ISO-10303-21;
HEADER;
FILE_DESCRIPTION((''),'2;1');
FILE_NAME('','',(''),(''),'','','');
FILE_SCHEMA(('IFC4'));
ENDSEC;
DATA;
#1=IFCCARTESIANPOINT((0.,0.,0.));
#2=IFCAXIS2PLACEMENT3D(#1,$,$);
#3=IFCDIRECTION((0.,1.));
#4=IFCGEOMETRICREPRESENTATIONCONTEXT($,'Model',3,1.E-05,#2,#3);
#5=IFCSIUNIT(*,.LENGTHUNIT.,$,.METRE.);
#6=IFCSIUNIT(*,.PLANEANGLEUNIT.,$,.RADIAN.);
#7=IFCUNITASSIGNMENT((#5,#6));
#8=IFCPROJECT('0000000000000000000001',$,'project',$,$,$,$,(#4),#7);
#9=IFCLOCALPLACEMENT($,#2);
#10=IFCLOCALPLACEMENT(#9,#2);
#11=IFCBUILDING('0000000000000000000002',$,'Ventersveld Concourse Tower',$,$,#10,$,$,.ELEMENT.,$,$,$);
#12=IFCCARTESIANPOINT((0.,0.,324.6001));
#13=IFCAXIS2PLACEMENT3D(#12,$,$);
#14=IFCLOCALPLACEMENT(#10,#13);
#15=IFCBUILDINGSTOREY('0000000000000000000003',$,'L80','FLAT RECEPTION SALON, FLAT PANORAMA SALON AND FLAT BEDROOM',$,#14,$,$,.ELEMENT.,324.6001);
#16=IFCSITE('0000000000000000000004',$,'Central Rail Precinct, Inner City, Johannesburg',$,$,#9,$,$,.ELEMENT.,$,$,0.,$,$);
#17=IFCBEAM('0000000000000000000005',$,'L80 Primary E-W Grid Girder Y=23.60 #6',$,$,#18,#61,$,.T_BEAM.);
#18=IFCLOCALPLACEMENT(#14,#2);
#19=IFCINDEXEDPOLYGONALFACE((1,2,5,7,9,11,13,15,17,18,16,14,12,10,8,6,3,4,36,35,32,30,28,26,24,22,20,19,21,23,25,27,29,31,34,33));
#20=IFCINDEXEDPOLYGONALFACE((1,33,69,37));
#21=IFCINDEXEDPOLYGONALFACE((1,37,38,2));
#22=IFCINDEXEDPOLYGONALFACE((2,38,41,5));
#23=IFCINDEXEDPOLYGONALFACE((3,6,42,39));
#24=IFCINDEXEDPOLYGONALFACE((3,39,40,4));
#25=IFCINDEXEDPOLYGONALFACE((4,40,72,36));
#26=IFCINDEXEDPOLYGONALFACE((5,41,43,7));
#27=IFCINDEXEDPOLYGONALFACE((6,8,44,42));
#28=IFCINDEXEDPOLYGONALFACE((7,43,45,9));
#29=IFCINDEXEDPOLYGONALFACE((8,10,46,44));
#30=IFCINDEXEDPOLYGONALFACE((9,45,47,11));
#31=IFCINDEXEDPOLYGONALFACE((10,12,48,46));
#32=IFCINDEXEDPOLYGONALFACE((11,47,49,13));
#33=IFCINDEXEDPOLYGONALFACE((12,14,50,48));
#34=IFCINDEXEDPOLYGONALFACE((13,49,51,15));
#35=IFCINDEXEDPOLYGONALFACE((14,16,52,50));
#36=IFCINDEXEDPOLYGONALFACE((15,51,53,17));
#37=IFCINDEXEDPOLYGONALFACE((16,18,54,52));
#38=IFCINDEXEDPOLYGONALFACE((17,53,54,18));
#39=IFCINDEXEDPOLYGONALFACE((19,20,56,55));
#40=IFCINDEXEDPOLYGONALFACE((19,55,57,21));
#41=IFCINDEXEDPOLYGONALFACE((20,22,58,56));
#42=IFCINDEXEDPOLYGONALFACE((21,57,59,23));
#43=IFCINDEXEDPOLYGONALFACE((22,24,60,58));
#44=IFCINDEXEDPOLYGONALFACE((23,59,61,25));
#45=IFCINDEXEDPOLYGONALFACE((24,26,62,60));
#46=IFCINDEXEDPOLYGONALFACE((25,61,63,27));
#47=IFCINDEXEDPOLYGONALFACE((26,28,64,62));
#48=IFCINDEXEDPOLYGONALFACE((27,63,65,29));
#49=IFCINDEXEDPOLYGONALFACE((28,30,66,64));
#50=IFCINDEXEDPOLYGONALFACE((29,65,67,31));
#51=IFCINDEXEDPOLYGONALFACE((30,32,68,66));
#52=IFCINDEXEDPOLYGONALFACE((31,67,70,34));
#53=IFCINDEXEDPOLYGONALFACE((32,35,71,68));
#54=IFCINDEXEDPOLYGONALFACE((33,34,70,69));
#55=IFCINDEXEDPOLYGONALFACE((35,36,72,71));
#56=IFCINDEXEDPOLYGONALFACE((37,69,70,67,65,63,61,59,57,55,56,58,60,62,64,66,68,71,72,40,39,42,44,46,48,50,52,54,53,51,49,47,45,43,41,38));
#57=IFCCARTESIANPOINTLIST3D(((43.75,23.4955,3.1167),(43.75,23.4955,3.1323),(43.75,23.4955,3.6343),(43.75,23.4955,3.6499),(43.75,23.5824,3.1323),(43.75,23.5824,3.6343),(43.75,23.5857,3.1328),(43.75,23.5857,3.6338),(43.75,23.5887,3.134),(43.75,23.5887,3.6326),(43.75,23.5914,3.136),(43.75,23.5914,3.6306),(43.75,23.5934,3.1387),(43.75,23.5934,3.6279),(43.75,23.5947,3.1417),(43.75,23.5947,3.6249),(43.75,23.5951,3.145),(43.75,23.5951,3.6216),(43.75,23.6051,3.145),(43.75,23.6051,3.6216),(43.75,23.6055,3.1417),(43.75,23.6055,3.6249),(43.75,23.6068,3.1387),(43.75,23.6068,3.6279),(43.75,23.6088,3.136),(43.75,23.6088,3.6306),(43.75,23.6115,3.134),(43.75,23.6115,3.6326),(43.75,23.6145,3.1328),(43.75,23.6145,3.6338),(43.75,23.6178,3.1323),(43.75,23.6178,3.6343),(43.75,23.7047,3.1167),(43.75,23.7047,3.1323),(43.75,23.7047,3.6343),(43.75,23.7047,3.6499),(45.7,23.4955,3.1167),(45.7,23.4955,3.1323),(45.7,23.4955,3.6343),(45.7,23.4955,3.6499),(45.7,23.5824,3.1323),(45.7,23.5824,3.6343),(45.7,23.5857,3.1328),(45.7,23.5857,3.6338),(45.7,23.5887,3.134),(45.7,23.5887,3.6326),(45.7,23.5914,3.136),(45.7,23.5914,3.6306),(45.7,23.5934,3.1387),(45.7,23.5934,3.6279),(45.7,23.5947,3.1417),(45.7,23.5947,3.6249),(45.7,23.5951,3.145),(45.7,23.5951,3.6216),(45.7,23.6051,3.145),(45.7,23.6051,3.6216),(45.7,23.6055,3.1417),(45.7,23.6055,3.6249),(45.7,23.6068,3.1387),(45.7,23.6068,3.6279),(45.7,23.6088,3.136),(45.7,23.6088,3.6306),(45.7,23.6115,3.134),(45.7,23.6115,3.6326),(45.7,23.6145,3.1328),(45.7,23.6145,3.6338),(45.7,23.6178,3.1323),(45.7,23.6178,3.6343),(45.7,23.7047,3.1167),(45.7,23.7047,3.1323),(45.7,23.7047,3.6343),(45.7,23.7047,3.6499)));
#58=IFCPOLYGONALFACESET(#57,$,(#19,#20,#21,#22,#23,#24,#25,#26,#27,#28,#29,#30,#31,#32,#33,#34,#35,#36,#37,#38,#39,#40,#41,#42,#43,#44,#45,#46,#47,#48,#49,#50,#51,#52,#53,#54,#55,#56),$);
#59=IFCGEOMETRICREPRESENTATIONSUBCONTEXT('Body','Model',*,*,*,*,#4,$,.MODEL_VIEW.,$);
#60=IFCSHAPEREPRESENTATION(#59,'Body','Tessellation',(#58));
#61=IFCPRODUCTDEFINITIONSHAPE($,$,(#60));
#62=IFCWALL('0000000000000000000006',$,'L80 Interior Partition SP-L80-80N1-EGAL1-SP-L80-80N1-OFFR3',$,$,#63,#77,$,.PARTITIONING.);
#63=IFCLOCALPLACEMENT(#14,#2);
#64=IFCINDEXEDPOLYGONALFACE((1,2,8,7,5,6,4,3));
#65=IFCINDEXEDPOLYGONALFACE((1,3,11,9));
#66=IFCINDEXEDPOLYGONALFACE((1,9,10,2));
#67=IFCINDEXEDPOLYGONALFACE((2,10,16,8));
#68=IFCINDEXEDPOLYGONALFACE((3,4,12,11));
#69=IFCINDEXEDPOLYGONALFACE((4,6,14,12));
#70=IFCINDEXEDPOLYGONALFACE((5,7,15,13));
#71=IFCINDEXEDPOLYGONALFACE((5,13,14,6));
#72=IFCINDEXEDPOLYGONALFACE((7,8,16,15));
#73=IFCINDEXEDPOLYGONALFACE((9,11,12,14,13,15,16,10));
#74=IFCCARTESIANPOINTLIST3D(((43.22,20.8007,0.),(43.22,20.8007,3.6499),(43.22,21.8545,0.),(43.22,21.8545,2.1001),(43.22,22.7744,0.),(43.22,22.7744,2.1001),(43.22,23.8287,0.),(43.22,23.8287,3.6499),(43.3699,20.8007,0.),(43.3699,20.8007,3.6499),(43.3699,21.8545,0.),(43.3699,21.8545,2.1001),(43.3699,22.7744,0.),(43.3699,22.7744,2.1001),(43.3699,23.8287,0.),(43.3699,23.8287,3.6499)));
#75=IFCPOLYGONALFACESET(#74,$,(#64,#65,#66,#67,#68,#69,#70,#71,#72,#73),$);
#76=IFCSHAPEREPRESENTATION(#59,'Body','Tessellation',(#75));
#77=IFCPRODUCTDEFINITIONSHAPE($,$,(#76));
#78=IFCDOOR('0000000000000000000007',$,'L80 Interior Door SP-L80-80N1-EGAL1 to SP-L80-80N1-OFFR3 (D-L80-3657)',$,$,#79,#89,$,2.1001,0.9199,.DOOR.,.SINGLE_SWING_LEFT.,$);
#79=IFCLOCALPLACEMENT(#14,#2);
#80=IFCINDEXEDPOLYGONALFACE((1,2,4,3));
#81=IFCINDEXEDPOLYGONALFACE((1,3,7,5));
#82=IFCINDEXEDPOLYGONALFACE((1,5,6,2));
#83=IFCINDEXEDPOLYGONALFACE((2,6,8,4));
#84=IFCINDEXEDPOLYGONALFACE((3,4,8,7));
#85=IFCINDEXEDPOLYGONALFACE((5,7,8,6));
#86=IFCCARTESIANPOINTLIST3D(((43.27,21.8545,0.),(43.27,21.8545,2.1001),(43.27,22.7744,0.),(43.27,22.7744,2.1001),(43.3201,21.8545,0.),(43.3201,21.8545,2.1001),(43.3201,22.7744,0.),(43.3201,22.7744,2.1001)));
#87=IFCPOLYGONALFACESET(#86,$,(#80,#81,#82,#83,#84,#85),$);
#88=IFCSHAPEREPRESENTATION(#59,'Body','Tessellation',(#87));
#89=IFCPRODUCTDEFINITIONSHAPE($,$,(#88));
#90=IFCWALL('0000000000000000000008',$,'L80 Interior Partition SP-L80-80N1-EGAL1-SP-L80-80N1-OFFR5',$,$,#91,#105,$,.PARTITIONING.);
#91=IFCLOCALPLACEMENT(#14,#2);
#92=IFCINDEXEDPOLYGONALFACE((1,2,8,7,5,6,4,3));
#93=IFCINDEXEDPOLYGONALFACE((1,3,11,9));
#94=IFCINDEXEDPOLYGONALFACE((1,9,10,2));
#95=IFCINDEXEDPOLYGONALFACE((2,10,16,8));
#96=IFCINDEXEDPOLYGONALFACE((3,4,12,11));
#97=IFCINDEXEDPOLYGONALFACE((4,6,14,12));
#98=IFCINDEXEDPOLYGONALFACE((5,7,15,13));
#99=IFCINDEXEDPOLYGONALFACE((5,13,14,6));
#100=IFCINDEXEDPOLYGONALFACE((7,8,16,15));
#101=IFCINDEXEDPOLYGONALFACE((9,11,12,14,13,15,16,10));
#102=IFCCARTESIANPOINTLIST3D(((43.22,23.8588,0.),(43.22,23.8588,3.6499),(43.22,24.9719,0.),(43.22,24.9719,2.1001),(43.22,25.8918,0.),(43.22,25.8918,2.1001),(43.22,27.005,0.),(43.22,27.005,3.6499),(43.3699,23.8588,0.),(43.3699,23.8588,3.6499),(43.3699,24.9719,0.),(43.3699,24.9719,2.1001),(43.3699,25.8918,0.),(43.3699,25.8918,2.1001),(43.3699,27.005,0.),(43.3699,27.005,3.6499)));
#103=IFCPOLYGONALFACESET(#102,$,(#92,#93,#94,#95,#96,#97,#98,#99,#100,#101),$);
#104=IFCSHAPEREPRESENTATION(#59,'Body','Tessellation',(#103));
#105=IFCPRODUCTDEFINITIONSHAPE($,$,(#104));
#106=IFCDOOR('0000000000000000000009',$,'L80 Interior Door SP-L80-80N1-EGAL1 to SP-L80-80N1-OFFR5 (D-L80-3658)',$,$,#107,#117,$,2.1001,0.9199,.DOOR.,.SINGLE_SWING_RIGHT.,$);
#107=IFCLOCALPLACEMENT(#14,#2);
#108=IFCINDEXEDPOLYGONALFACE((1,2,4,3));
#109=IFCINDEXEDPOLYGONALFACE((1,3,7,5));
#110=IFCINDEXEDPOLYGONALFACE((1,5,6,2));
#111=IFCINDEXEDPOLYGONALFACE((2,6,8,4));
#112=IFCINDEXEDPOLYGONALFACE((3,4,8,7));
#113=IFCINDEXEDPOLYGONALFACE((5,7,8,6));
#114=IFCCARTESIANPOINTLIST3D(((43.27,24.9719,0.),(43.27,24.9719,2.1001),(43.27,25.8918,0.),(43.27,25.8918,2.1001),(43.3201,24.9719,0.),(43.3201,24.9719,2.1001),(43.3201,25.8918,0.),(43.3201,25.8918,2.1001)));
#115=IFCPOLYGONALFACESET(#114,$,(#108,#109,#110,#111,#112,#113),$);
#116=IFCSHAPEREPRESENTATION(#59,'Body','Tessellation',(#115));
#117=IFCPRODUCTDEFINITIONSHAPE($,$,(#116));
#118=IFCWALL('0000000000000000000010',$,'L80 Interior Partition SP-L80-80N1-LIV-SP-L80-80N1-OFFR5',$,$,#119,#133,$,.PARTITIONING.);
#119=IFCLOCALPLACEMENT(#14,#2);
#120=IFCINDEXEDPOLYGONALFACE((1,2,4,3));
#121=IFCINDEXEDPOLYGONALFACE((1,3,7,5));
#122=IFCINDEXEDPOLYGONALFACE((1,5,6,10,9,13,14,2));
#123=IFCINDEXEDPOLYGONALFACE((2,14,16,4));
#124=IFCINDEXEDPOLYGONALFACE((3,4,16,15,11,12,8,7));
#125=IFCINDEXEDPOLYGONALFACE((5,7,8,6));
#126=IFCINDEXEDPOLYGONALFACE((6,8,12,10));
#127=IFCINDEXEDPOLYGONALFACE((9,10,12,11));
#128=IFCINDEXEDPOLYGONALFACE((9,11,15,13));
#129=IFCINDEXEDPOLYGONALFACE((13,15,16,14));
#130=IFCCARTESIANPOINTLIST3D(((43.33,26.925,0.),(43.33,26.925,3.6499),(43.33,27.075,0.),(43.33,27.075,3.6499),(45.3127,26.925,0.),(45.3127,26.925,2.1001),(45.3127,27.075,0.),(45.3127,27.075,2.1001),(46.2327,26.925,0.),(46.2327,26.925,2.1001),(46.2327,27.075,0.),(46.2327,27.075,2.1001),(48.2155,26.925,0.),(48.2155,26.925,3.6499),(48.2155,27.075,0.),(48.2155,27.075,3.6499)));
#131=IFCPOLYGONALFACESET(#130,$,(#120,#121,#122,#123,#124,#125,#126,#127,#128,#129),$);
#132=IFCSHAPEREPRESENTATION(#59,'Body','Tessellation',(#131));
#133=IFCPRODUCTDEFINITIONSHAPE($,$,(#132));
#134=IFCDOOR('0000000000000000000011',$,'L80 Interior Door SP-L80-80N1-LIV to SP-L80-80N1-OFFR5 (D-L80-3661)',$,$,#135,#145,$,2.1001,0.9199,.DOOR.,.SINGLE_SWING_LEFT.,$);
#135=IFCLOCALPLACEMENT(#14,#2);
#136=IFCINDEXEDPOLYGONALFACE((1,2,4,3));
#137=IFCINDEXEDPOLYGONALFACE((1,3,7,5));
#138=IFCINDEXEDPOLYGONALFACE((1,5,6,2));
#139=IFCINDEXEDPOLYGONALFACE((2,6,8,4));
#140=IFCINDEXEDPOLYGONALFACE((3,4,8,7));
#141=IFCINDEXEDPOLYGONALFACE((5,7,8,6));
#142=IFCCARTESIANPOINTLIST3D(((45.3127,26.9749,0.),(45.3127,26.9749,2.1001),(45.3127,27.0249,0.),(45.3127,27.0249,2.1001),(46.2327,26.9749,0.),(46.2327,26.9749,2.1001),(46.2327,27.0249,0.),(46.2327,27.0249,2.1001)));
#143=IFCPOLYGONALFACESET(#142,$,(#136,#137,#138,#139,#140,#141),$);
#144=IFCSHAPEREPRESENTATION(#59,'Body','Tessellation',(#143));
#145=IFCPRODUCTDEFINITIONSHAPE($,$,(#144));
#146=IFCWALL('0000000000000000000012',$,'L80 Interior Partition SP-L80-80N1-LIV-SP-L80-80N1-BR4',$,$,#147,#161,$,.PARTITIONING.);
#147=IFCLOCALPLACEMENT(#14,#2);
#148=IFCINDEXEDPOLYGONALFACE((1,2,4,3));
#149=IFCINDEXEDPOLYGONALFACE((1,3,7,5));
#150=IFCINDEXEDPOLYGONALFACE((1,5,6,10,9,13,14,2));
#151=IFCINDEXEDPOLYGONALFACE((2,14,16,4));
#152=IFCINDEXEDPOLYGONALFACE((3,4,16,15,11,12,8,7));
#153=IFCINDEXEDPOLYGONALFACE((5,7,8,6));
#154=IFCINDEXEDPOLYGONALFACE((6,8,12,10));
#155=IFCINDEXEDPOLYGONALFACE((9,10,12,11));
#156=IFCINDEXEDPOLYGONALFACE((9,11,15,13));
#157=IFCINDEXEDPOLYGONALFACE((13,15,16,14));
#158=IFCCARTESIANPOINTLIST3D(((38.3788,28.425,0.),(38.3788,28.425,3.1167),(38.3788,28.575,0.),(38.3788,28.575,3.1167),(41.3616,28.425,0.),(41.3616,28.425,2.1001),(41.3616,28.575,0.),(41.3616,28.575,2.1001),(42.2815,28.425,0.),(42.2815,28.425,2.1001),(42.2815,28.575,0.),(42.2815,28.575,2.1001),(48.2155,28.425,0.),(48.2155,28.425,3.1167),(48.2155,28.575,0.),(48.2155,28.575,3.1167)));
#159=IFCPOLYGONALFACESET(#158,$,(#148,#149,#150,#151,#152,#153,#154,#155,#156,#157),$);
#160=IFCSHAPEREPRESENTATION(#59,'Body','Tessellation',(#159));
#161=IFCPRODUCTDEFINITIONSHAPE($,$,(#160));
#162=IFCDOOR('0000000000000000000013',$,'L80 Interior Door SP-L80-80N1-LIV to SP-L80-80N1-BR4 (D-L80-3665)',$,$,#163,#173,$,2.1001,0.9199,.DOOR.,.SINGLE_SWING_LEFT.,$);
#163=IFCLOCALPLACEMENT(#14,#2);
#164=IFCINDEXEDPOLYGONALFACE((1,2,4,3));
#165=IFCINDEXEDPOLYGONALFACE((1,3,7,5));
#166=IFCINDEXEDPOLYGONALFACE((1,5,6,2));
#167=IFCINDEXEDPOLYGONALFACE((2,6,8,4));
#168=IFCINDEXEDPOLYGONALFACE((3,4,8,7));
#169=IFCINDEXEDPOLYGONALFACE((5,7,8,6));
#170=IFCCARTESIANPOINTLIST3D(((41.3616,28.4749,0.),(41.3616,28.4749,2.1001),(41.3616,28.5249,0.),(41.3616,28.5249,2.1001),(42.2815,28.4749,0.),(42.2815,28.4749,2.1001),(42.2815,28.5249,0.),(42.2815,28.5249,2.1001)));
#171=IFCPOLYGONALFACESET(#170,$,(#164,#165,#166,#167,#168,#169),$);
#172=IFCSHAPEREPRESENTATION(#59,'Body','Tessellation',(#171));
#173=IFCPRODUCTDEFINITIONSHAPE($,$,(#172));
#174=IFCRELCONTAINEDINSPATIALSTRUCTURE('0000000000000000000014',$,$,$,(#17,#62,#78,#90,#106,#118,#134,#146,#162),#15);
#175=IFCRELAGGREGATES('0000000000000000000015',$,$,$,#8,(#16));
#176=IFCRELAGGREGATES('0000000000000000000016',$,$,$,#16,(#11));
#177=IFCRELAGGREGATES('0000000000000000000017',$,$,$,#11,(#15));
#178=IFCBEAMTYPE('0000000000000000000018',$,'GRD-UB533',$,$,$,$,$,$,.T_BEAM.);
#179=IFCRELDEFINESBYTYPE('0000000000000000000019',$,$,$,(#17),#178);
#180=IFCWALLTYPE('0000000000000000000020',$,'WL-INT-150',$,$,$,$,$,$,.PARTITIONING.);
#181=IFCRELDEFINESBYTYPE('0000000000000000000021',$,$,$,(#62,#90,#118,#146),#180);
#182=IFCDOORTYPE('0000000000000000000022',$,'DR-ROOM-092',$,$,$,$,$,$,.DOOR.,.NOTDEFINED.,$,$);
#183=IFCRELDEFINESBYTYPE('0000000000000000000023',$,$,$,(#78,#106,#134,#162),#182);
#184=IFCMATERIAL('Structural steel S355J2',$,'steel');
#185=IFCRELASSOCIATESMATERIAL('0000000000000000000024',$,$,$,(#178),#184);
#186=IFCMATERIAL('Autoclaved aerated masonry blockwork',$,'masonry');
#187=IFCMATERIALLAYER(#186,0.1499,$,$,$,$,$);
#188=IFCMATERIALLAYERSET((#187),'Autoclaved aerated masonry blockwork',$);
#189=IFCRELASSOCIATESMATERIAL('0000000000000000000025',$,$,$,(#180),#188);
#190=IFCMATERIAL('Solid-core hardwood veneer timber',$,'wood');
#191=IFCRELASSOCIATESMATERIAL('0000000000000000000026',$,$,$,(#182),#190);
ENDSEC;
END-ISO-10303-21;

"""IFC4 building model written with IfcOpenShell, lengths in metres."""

from ifc_helpers import new_model, si_unit, direction, frame, frame_2d, origin, origin_2d, place, context, subcontext, project, spatial, rectangle, i_section, extrude, material, layer, layer_set, material_profile, profile_set, type_object, element, fill, save


model = new_model("IFC4")

# Units and contexts
model_context = context("Model", 3, precision=1e-05, world=origin(), true_north=direction((0.0, 1.0)))
body_context = subcontext(model_context, "Body", "Model", "MODEL_VIEW")
ifc_project = project(units=[si_unit("LENGTHUNIT", "METRE"), si_unit("PLANEANGLEUNIT", "RADIAN")], contexts=[model_context])

# Site, building, storey
site_placement = place(None, origin())
site = spatial("IfcSite", under=ifc_project, at=site_placement, Name="Central Rail Precinct, Inner City, Johannesburg", CompositionType="ELEMENT", RefElevation=0.0)
building_placement = place(site_placement, origin())
building = spatial("IfcBuilding", under=site, at=building_placement, Name="Ventersveld Concourse Tower", CompositionType="ELEMENT")
storey_placement = place(building_placement, frame((0.0, 0.0, 324.6001)))
storey = spatial("IfcBuildingStorey", under=building, at=storey_placement, Name="L80", Description="FLAT RECEPTION SALON, FLAT PANORAMA SALON AND FLAT BEDROOM", CompositionType="ELEMENT", Elevation=324.6001)

# Shared definitions
ifc_material_1 = material(Name="Structural steel S355J2", Category="steel")

# Beam
ifc_material_profile_1 = material_profile(ifc_material_1, i_section(OverallWidth=0.2092, OverallDepth=0.5332, WebThickness=0.01, FlangeThickness=0.0156, FilletRadius=0.0127, at=origin_2d()), Name="UB 533x210x92")
ifc_profile_set_1 = profile_set([ifc_material_profile_1], Name="Structural steel S355J2")
beam_type_1 = type_object("IfcBeamType", Name="GRD-UB533", PredefinedType="T_BEAM", material=ifc_profile_set_1)
beam_1_placement = place(storey_placement, frame((43.75, 23.6001, 3.3833), z_axis=(1.0, 0.0, 0.0), x_axis=(0.0, 1.0, 0.0)))
element("IfcBeam", 1, at=beam_1_placement, inside=storey, type_object=beam_type_1, Name="L80 Primary E-W Grid Girder Y=23.60 #6", PredefinedType="T_BEAM", context=body_context, shape_type="SweptSolid", body=[
    extrude(i_section(OverallWidth=0.2092, OverallDepth=0.5332, WebThickness=0.01, FlangeThickness=0.0156, FilletRadius=0.0127, at=origin_2d()), origin(), (0.0, 0.0, 1.0), 1.95),
])

# Walls, openings, doors
ifc_material_2 = material(Name="Autoclaved aerated masonry blockwork", Category="masonry")
ifc_layer_1 = layer(ifc_material_2, 0.1499)
ifc_layer_set_1 = layer_set([ifc_layer_1], Name="Autoclaved aerated masonry blockwork")
wall_type_1 = type_object("IfcWallType", Name="WL-INT-150", PredefinedType="PARTITIONING", material=ifc_layer_set_1)
wall_1_placement = place(storey_placement, frame((43.2949, 20.8005, 0.0), z_axis=(0.0, 0.0, 1.0), x_axis=(0.0, 1.0, 0.0)))
wall_1 = element("IfcWall", 2, at=wall_1_placement, inside=storey, type_object=wall_type_1, Name="L80 Interior Partition SP-L80-80N1-EGAL1-SP-L80-80N1-OFFR3", PredefinedType="PARTITIONING", context=body_context, shape_type="SweptSolid", body=[
    extrude(rectangle(XDim=3.0281, YDim=0.1499, at=frame_2d((1.5142, 0.0))), origin(), (0.0, 0.0, 1.0), 3.6499),
])
opening_1_placement = place(wall_1_placement, frame((1.054, 0.0, 0.0)))
opening_1 = element("IfcOpeningElement", 3, at=opening_1_placement, cuts=wall_1, PredefinedType="OPENING", context=body_context, shape_type="SweptSolid", body=[
    extrude(rectangle(XDim=0.9199, YDim=2.1001, at=frame_2d((0.46, 1.05))), frame((0.0, 0.085, 0.0), z_axis=(0.0, -1.0, 0.0), x_axis=(1.0, 0.0, 0.0)), (0.0, 0.0, 1.0), 0.1699),
])
ifc_material_3 = material(Name="Solid-core hardwood veneer timber", Category="wood")
door_type = type_object("IfcDoorType", Name="DR-ROOM-092", OperationType="NOTDEFINED", PredefinedType="DOOR", material=ifc_material_3)
door_1_placement = place(opening_1_placement, origin())
door_1 = element("IfcDoor", 4, at=door_1_placement, inside=storey, type_object=door_type, Name="L80 Interior Door SP-L80-80N1-EGAL1 to SP-L80-80N1-OFFR3 (D-L80-3657)", OperationType="SINGLE_SWING_LEFT", OverallHeight=2.1001, OverallWidth=0.9199, PredefinedType="DOOR", context=body_context, shape_type="SweptSolid", body=[
    extrude(rectangle(XDim=0.9199, YDim=2.1001, at=frame_2d((0.46, 1.05))), frame((0.0, 0.0249, 0.0), z_axis=(0.0, -1.0, 0.0), x_axis=(1.0, 0.0, 0.0)), (0.0, 0.0, 1.0), 0.05),
])
fill(opening_1, door_1)
wall_2_placement = place(storey_placement, frame((43.2949, 23.8586, 0.0), z_axis=(0.0, 0.0, 1.0), x_axis=(0.0, 1.0, 0.0)))
wall_2 = element("IfcWall", 5, at=wall_2_placement, inside=storey, type_object=wall_type_1, Name="L80 Interior Partition SP-L80-80N1-EGAL1-SP-L80-80N1-OFFR5", PredefinedType="PARTITIONING", context=body_context, shape_type="SweptSolid", body=[
    extrude(rectangle(XDim=3.1462, YDim=0.1499, at=frame_2d((1.5732, 0.0))), origin(), (0.0, 0.0, 1.0), 3.6499),
])
opening_2_placement = place(wall_2_placement, frame((1.1133, 0.0, 0.0)))
opening_2 = element("IfcOpeningElement", 6, at=opening_2_placement, cuts=wall_2, PredefinedType="OPENING", context=body_context, shape_type="SweptSolid", body=[
    extrude(rectangle(XDim=0.9199, YDim=2.1001, at=frame_2d((0.46, 1.05))), frame((0.0, 0.085, 0.0), z_axis=(0.0, -1.0, 0.0), x_axis=(1.0, 0.0, 0.0)), (0.0, 0.0, 1.0), 0.1699),
])
door_2_placement = place(opening_2_placement, origin())
door_2 = element("IfcDoor", 7, at=door_2_placement, inside=storey, type_object=door_type, Name="L80 Interior Door SP-L80-80N1-EGAL1 to SP-L80-80N1-OFFR5 (D-L80-3658)", OperationType="SINGLE_SWING_RIGHT", OverallHeight=2.1001, OverallWidth=0.9199, PredefinedType="DOOR", context=body_context, shape_type="SweptSolid", body=[
    extrude(rectangle(XDim=0.9199, YDim=2.1001, at=frame_2d((0.46, 1.05))), frame((0.0, 0.0249, 0.0), z_axis=(0.0, -1.0, 0.0), x_axis=(1.0, 0.0, 0.0)), (0.0, 0.0, 1.0), 0.05),
])
fill(opening_2, door_2)
wall_3_placement = place(storey_placement, frame((43.3298, 27.0, 0.0), z_axis=(0.0, 0.0, 1.0), x_axis=(1.0, 0.0, 0.0)))
wall_3 = element("IfcWall", 8, at=wall_3_placement, inside=storey, type_object=wall_type_1, Name="L80 Interior Partition SP-L80-80N1-LIV-SP-L80-80N1-OFFR5", PredefinedType="PARTITIONING", context=body_context, shape_type="SweptSolid", body=[
    extrude(rectangle(XDim=4.8855, YDim=0.1499, at=frame_2d((2.4429, 0.0))), origin(), (0.0, 0.0, 1.0), 3.6499),
])
opening_3_placement = place(wall_3_placement, frame((1.9829, 0.0, 0.0)))
opening_3 = element("IfcOpeningElement", 9, at=opening_3_placement, cuts=wall_3, PredefinedType="OPENING", context=body_context, shape_type="SweptSolid", body=[
    extrude(rectangle(XDim=0.9199, YDim=2.1001, at=frame_2d((0.46, 1.05))), frame((0.0, 0.085, 0.0), z_axis=(0.0, -1.0, 0.0), x_axis=(1.0, 0.0, 0.0)), (0.0, 0.0, 1.0), 0.1699),
])
door_3_placement = place(opening_3_placement, origin())
door_3 = element("IfcDoor", 10, at=door_3_placement, inside=storey, type_object=door_type, Name="L80 Interior Door SP-L80-80N1-LIV to SP-L80-80N1-OFFR5 (D-L80-3661)", OperationType="SINGLE_SWING_LEFT", OverallHeight=2.1001, OverallWidth=0.9199, PredefinedType="DOOR", context=body_context, shape_type="SweptSolid", body=[
    extrude(rectangle(XDim=0.9199, YDim=2.1001, at=frame_2d((0.46, 1.05))), frame((0.0, 0.0249, 0.0), z_axis=(0.0, -1.0, 0.0), x_axis=(1.0, 0.0, 0.0)), (0.0, 0.0, 1.0), 0.05),
])
fill(opening_3, door_3)
wall_4_placement = place(storey_placement, frame((38.3787, 28.5, 0.0), z_axis=(0.0, 0.0, 1.0), x_axis=(1.0, 0.0, 0.0)))
wall_4 = element("IfcWall", 11, at=wall_4_placement, inside=storey, type_object=wall_type_1, Name="L80 Interior Partition SP-L80-80N1-LIV-SP-L80-80N1-BR4", PredefinedType="PARTITIONING", context=body_context, shape_type="SweptSolid", body=[
    extrude(rectangle(XDim=9.8367, YDim=0.1499, at=frame_2d((4.9185, 0.0))), origin(), (0.0, 0.0, 1.0), 3.1167),
])
opening_4_placement = place(wall_4_placement, frame((2.9829, 0.0, 0.0)))
opening_4 = element("IfcOpeningElement", 12, at=opening_4_placement, cuts=wall_4, PredefinedType="OPENING", context=body_context, shape_type="SweptSolid", body=[
    extrude(rectangle(XDim=0.9199, YDim=2.1001, at=frame_2d((0.46, 1.05))), frame((0.0, 0.085, 0.0), z_axis=(0.0, -1.0, 0.0), x_axis=(1.0, 0.0, 0.0)), (0.0, 0.0, 1.0), 0.1699),
])
door_4_placement = place(opening_4_placement, origin())
door_4 = element("IfcDoor", 13, at=door_4_placement, inside=storey, type_object=door_type, Name="L80 Interior Door SP-L80-80N1-LIV to SP-L80-80N1-BR4 (D-L80-3665)", OperationType="SINGLE_SWING_LEFT", OverallHeight=2.1001, OverallWidth=0.9199, PredefinedType="DOOR", context=body_context, shape_type="SweptSolid", body=[
    extrude(rectangle(XDim=0.9199, YDim=2.1001, at=frame_2d((0.46, 1.05))), frame((0.0, 0.0249, 0.0), z_axis=(0.0, -1.0, 0.0), x_axis=(1.0, 0.0, 0.0)), (0.0, 0.0, 1.0), 0.05),
])
fill(opening_4, door_4)

save(model, "model.ifc")
